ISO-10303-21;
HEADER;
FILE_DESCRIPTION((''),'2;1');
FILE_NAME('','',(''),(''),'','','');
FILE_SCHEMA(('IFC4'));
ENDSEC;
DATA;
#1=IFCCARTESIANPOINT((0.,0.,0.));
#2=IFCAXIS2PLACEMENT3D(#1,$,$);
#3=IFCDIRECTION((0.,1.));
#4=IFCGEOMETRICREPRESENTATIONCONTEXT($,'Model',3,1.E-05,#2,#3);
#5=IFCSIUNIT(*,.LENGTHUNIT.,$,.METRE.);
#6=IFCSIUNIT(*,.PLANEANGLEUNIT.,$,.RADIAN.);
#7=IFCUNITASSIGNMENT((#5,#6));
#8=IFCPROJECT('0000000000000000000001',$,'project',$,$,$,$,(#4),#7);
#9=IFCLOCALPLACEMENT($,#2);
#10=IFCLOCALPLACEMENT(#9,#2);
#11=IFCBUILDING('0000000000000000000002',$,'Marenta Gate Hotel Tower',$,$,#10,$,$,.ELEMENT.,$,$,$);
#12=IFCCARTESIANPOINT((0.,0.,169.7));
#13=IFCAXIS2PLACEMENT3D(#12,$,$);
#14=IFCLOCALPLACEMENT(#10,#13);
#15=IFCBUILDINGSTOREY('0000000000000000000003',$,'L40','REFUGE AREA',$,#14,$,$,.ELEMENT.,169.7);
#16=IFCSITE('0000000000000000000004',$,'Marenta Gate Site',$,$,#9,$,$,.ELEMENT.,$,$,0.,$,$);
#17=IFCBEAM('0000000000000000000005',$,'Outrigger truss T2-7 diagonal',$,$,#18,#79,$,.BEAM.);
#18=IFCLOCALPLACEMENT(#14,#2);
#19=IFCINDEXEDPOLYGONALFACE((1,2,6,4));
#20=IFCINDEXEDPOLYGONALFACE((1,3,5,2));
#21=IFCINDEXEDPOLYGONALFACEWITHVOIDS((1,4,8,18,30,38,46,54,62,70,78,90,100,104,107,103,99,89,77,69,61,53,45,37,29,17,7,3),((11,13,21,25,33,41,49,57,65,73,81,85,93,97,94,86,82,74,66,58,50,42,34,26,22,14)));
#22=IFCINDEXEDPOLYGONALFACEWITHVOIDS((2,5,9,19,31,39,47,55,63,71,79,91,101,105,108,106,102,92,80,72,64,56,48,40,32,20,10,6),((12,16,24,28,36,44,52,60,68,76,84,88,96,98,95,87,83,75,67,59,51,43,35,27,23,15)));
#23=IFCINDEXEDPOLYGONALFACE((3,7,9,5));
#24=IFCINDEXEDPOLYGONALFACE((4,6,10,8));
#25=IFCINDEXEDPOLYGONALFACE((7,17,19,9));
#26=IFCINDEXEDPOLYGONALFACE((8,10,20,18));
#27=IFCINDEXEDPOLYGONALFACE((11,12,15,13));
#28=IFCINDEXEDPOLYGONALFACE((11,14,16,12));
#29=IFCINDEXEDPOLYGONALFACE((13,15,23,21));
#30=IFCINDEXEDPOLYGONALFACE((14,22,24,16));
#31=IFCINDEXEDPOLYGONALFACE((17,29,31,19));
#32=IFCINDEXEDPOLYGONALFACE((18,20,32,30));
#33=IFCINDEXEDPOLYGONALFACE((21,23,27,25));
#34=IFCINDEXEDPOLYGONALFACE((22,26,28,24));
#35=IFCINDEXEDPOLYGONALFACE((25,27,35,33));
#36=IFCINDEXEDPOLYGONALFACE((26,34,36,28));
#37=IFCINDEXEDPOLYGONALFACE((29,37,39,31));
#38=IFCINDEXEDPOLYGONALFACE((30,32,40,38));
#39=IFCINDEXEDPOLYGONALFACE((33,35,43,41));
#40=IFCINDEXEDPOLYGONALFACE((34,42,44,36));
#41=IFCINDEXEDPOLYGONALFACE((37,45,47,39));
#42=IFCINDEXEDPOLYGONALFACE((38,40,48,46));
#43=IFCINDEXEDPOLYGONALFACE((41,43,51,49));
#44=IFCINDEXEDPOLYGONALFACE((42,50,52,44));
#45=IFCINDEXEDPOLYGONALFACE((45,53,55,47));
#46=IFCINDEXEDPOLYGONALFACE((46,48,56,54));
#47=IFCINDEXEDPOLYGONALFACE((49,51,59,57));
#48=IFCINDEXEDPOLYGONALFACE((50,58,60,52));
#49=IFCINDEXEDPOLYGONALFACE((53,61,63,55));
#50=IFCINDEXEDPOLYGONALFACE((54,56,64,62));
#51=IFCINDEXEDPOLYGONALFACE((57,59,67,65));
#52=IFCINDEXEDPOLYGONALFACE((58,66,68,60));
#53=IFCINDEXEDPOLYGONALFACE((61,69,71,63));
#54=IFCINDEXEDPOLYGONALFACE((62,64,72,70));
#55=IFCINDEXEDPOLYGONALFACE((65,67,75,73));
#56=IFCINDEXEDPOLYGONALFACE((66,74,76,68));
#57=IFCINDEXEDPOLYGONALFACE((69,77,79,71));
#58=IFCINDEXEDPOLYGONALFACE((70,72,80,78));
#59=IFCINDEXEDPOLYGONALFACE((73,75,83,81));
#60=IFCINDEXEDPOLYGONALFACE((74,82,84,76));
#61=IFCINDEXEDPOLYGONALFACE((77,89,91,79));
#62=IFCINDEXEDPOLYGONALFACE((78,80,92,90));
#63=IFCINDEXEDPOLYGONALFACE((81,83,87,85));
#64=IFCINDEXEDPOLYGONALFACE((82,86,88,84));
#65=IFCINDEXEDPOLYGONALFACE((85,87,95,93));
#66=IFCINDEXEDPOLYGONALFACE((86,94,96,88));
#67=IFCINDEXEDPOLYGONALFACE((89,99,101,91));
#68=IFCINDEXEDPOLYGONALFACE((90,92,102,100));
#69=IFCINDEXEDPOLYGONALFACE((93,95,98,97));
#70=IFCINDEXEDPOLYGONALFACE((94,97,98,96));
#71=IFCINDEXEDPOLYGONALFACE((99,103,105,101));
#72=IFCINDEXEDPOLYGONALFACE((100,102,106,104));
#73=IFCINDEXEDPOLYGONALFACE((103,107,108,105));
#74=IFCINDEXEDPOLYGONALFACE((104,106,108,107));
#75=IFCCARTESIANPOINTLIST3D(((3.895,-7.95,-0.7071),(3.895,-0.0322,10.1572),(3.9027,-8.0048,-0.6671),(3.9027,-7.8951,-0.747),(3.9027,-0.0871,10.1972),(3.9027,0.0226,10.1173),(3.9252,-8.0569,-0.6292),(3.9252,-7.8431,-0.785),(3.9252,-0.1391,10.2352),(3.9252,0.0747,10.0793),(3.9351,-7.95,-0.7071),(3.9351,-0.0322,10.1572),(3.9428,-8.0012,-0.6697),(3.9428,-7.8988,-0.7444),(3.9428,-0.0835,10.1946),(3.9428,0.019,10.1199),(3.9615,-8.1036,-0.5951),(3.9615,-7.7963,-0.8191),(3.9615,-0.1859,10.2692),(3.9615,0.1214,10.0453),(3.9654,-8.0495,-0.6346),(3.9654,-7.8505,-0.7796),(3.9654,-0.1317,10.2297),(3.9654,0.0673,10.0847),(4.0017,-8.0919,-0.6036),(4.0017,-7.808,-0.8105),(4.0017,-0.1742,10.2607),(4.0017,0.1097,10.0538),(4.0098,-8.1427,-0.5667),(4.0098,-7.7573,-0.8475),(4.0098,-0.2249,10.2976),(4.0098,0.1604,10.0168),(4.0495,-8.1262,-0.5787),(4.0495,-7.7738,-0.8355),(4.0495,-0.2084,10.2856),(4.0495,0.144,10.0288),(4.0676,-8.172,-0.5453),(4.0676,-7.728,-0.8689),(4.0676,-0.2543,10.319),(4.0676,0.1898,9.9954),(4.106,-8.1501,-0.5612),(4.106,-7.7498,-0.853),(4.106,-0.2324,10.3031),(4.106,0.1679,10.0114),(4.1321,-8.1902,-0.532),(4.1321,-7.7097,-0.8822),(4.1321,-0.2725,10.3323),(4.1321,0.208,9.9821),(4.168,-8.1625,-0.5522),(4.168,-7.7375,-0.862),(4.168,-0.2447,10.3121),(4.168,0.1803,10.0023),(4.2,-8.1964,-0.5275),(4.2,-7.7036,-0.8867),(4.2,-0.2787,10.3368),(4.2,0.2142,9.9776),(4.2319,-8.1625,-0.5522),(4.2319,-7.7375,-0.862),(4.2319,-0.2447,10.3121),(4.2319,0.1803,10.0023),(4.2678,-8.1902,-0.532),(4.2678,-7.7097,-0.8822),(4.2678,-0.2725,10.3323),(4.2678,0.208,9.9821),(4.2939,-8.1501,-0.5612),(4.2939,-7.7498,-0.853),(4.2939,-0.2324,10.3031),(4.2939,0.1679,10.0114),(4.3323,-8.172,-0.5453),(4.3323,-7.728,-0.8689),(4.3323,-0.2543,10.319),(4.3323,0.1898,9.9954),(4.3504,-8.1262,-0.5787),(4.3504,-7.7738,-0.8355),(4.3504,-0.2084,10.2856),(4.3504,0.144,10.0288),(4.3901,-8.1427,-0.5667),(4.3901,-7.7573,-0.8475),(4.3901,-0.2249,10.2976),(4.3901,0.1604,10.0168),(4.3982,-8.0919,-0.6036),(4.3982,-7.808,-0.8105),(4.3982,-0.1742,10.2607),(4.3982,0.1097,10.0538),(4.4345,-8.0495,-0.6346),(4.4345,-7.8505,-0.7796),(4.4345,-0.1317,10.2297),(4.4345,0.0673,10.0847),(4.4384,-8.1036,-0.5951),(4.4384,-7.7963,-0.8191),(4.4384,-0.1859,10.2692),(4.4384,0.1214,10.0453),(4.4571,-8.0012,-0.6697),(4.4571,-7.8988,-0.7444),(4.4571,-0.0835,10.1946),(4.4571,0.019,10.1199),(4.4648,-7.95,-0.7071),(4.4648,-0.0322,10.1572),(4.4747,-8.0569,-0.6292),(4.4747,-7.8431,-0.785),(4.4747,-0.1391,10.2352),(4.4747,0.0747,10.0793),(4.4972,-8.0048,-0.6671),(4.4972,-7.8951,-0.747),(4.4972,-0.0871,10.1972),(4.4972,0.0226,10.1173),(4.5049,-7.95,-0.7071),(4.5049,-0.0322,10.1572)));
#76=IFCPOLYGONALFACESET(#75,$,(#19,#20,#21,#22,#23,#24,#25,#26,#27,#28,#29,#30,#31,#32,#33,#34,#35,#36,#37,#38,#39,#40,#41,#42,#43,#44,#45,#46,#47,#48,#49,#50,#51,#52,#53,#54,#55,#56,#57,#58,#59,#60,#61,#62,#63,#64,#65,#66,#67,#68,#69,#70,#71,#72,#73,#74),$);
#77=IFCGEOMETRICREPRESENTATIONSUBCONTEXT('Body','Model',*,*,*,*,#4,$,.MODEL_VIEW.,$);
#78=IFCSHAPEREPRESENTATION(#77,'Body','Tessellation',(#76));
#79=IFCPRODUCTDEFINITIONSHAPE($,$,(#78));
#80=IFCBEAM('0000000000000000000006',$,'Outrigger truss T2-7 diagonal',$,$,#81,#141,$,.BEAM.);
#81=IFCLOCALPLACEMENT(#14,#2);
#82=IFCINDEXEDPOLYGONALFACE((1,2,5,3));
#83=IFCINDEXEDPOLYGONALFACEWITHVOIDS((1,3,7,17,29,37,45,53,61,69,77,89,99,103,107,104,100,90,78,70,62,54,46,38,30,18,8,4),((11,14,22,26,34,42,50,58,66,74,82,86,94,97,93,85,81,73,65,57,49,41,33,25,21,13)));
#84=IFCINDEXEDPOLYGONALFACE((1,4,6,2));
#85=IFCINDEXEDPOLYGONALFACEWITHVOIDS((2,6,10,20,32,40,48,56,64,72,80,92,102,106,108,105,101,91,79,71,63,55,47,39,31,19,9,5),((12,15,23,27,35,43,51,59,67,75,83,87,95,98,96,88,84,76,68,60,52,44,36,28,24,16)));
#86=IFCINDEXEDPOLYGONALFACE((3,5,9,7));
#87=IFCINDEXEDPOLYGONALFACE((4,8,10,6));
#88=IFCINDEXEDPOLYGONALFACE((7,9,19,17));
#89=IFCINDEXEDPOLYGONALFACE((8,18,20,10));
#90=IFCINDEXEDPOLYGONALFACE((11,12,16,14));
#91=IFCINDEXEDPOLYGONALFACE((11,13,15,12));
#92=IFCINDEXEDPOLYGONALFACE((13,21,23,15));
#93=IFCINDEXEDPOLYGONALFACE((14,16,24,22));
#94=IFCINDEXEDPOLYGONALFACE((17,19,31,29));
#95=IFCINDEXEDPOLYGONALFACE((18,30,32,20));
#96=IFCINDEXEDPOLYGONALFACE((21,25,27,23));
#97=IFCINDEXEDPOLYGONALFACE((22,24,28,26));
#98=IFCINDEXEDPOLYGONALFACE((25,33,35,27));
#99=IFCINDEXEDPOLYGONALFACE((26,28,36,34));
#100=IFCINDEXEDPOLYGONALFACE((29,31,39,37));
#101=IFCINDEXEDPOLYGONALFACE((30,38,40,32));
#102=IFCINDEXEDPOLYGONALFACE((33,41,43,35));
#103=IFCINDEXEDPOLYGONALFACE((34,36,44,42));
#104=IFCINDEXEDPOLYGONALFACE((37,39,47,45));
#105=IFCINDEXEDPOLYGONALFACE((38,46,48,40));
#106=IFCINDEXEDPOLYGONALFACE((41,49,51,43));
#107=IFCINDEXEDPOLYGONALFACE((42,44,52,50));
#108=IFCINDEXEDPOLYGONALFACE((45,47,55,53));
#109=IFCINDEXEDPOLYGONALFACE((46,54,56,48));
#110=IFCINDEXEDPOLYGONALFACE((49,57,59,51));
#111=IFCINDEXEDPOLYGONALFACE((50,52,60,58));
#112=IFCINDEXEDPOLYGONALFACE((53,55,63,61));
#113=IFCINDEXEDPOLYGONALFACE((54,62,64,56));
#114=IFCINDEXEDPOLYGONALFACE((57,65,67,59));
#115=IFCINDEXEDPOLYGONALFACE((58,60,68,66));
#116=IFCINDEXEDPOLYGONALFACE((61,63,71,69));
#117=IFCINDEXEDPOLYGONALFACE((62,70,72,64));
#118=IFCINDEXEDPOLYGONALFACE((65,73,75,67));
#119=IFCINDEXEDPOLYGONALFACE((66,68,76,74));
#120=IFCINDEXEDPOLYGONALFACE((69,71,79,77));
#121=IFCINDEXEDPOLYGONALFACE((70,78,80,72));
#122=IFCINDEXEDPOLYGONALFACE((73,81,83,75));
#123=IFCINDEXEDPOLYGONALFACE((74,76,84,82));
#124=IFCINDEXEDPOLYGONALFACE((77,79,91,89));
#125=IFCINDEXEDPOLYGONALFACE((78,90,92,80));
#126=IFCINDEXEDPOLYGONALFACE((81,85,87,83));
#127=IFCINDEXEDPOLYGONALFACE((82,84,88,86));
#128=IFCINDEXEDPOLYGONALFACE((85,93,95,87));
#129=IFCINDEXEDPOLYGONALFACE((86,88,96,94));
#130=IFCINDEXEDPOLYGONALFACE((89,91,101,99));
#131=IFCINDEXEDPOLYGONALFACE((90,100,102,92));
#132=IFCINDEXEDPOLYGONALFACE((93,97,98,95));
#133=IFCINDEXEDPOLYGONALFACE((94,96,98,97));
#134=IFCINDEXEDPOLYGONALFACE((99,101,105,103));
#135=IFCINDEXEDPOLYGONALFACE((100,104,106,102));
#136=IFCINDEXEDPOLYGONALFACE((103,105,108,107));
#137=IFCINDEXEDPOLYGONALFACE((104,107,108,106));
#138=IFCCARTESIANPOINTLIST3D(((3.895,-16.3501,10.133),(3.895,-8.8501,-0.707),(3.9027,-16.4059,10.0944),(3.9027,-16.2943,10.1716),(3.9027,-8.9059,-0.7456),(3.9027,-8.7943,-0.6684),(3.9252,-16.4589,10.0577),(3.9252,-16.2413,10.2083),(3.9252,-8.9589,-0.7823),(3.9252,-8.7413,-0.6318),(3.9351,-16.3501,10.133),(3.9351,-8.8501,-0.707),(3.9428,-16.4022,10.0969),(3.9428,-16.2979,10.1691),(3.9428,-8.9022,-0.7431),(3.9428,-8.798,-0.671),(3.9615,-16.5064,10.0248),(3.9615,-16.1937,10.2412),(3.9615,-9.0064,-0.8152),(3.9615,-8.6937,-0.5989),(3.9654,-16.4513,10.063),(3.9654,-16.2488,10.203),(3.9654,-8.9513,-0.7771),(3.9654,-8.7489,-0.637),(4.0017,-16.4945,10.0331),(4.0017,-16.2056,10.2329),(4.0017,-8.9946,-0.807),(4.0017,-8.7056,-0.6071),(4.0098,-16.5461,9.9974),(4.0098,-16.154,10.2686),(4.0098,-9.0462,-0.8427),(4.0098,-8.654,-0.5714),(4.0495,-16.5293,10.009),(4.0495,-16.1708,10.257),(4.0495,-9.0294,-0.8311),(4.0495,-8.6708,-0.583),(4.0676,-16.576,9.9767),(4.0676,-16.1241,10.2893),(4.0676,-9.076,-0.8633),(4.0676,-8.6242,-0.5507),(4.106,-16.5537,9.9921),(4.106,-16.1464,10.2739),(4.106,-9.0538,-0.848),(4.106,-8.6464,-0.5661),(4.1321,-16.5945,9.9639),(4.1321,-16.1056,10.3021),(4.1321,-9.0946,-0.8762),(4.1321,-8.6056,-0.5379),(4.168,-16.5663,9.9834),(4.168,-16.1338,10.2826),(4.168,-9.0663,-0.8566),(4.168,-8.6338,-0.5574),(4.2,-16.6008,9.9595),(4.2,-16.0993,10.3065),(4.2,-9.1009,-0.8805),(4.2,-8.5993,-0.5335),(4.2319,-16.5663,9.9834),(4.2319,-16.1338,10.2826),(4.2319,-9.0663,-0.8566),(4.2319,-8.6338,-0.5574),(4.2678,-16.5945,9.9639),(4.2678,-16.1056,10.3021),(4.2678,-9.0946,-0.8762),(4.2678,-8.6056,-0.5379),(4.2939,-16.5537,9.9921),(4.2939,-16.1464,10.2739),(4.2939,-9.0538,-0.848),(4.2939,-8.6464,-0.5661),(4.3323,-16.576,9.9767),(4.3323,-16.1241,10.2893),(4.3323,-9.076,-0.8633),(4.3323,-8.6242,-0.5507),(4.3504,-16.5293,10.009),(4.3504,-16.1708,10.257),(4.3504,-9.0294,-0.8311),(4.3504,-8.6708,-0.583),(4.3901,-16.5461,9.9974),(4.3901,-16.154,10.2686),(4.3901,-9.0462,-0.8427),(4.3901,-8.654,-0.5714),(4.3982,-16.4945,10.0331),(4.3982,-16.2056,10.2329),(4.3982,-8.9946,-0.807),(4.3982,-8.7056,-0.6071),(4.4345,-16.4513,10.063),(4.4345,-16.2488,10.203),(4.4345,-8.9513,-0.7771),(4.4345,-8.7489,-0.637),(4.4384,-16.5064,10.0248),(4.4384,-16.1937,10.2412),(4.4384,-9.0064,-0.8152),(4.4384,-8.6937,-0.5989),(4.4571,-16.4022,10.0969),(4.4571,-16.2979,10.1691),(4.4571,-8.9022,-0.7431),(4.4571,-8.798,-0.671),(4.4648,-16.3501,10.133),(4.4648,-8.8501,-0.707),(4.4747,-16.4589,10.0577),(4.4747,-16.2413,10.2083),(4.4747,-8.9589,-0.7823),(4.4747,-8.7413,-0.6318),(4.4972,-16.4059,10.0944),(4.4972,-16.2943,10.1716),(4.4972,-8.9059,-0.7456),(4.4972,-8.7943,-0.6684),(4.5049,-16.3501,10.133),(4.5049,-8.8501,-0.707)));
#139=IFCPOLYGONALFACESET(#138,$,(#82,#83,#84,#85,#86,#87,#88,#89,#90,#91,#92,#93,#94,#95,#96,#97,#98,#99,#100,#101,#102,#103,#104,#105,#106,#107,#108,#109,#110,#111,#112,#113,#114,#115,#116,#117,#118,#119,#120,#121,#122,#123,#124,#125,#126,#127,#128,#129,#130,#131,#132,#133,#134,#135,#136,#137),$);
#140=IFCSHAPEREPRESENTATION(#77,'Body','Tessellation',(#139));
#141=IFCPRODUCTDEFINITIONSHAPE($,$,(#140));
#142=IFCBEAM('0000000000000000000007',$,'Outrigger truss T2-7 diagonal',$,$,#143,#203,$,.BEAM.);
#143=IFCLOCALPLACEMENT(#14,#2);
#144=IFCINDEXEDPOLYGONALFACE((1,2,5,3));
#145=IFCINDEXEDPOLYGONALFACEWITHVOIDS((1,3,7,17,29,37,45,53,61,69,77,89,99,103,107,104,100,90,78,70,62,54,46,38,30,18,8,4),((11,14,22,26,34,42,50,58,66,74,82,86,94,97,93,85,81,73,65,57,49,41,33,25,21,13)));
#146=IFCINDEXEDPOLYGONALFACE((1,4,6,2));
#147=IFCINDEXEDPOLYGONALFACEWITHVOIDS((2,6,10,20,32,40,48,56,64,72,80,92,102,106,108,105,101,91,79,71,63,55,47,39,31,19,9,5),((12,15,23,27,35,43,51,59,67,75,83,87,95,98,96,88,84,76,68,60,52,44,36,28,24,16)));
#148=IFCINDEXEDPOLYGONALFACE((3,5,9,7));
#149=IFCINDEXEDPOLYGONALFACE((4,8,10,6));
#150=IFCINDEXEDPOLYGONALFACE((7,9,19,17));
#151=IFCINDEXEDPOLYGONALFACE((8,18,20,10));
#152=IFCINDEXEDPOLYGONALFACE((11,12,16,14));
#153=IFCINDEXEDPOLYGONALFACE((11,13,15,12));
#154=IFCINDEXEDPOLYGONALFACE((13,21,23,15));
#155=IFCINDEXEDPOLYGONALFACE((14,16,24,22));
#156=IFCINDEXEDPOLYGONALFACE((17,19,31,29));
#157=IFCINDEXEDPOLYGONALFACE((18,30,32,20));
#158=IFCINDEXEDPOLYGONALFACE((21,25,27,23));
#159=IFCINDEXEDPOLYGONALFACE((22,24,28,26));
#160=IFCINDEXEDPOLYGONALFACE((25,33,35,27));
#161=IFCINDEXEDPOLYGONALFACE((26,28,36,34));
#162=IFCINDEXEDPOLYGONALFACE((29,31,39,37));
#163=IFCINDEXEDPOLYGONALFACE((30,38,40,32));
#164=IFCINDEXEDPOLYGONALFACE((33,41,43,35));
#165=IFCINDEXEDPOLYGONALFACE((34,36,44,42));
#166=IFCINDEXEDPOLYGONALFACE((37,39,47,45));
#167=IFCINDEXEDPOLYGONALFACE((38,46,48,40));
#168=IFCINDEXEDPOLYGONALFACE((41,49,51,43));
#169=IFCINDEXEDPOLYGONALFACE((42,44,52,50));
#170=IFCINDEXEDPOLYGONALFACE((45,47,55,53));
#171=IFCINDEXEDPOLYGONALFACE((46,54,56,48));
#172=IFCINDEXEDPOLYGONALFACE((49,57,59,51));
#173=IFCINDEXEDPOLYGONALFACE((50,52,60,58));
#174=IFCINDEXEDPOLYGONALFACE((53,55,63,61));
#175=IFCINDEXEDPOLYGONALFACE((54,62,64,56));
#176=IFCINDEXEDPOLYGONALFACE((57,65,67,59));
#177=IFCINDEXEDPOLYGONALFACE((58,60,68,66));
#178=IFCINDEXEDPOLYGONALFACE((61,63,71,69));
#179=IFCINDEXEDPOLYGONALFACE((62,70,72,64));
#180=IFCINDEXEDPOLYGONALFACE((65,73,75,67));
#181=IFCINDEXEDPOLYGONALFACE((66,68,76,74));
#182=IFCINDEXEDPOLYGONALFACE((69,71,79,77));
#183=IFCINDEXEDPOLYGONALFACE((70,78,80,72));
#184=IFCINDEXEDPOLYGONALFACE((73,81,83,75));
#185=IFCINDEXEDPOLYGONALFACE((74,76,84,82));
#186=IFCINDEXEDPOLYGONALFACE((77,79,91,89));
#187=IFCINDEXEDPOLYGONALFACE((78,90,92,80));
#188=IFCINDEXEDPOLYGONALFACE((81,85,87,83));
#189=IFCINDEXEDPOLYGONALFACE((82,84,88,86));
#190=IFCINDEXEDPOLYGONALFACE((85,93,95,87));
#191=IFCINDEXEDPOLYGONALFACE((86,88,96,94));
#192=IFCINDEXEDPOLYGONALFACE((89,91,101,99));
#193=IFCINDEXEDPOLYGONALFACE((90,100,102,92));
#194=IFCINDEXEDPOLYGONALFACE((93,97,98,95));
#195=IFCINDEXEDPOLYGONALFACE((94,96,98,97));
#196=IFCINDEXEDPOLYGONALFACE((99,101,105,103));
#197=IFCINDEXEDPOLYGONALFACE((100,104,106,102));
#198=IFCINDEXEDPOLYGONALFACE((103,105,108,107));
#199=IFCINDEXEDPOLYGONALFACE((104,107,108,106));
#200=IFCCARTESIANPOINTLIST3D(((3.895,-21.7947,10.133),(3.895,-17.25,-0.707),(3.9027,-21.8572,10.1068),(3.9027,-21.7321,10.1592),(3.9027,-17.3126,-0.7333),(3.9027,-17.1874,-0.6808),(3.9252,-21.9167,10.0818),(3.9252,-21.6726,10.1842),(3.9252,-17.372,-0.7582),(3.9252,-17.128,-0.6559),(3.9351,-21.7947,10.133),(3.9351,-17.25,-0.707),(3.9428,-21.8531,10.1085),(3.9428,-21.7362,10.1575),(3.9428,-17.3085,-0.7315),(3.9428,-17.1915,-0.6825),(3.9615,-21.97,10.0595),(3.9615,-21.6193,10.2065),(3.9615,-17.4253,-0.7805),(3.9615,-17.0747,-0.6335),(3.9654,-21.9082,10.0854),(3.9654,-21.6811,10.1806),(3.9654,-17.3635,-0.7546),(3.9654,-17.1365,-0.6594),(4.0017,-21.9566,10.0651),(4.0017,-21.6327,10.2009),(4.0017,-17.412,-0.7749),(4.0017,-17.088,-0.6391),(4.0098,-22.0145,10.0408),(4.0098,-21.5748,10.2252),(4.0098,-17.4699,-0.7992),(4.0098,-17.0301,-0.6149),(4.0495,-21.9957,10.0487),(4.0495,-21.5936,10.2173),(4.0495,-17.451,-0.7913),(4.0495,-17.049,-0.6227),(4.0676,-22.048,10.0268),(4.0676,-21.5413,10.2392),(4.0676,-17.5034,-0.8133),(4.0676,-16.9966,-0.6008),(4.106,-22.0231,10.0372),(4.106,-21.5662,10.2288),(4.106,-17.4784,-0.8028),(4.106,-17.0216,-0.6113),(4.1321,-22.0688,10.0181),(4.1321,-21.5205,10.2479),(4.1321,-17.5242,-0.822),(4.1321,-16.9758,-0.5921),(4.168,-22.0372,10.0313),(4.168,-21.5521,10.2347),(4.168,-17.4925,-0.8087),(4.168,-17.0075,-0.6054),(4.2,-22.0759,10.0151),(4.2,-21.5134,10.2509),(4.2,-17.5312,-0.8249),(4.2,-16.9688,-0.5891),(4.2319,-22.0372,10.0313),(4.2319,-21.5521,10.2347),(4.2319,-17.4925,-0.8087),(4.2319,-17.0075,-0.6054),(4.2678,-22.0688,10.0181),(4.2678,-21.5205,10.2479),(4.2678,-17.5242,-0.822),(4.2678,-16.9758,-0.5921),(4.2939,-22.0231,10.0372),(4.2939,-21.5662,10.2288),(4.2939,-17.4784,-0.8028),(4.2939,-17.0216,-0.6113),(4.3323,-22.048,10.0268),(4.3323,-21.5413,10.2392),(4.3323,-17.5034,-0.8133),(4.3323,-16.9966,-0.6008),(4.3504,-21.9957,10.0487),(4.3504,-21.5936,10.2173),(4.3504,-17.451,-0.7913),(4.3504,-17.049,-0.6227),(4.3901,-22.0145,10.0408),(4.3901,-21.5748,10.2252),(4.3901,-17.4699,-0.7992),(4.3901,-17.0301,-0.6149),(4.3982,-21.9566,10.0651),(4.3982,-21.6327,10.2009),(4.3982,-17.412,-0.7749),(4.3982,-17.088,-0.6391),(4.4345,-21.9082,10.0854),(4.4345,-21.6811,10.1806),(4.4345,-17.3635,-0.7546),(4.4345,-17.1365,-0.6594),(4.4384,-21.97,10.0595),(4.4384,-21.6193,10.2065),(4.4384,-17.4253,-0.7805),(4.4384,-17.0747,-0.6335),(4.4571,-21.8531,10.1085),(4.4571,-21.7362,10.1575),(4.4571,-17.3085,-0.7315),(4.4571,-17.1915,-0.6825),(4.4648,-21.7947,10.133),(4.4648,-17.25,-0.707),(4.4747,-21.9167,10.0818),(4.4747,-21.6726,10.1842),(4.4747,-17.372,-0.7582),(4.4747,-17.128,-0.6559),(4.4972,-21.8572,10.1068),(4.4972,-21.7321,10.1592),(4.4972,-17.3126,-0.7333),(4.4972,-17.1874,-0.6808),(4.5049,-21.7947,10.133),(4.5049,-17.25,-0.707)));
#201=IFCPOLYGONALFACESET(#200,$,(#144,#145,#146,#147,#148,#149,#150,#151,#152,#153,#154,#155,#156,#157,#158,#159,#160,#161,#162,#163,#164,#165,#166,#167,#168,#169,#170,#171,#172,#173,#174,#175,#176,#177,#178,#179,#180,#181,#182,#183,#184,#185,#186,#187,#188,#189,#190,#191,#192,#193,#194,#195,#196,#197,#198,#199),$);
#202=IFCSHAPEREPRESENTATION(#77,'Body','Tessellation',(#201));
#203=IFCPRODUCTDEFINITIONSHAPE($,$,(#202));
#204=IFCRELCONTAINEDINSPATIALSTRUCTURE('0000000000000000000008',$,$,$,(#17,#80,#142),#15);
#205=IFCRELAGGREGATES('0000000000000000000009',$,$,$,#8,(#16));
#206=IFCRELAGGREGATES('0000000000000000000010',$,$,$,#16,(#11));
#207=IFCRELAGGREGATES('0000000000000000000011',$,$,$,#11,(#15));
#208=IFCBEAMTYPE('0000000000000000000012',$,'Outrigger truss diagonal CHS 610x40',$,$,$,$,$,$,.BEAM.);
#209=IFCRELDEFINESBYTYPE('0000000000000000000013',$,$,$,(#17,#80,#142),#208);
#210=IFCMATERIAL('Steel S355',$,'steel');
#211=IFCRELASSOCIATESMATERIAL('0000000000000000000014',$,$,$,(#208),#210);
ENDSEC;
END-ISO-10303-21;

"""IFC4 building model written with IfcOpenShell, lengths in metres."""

from ifc_helpers import new_model, si_unit, direction, frame, origin, origin_2d, place, context, subcontext, project, spatial, hollow_circle, extrude, material, material_profile, profile_set, type_object, element, save


model = new_model("IFC4")

# Units and contexts
model_context = context("Model", 3, precision=1e-05, world=origin(), true_north=direction((0.0, 1.0)))
body_context = subcontext(model_context, "Body", "Model", "MODEL_VIEW")
ifc_project = project(units=[si_unit("LENGTHUNIT", "METRE"), si_unit("PLANEANGLEUNIT", "RADIAN")], contexts=[model_context])

# Site, building, storey
site_placement = place(None, origin())
site = spatial("IfcSite", under=ifc_project, at=site_placement, Name="Marenta Gate Site", CompositionType="ELEMENT", RefElevation=0.0)
building_placement = place(site_placement, origin())
building = spatial("IfcBuilding", under=site, at=building_placement, Name="Marenta Gate Hotel Tower", CompositionType="ELEMENT")
storey_placement = place(building_placement, frame((0.0, 0.0, 169.7)))
storey = spatial("IfcBuildingStorey", under=building, at=storey_placement, Name="L40", Description="REFUGE AREA", CompositionType="ELEMENT", Elevation=169.7)

# Beams
ifc_material_1 = material(Name="Steel S355", Category="steel")
ifc_material_profile_1 = material_profile(ifc_material_1, hollow_circle(Radius=0.3049, WallThickness=0.04, at=origin_2d()), Name="CHS 610x40")
ifc_profile_set_1 = profile_set([ifc_material_profile_1], Name="Steel S355")
beam_type_1 = type_object("IfcBeamType", Name="Outrigger truss diagonal CHS 610x40", PredefinedType="BEAM", material=ifc_profile_set_1)
beam_1_placement = place(storey_placement, frame((4.2, -0.0322, 10.1572), z_axis=(0.0, -0.588972, -0.808154), x_axis=(1.0, 0.0, 0.0)))
element("IfcBeam", 1, at=beam_1_placement, inside=storey, type_object=beam_type_1, Name="Outrigger truss T2-7 diagonal", PredefinedType="BEAM", context=body_context, shape_type="SweptSolid", body=[
    extrude(hollow_circle(Radius=0.3049, WallThickness=0.04, at=origin_2d()), origin(), (0.0, 0.0, 1.0), 13.4434),
])
beam_2_placement = place(storey_placement, frame((4.2, -8.8501, -0.707), z_axis=(0.0, -0.56897, 0.822358), x_axis=(1.0, 0.0, 0.0)))
element("IfcBeam", 2, at=beam_2_placement, inside=storey, type_object=beam_type_1, Name="Outrigger truss T2-7 diagonal", PredefinedType="BEAM", context=body_context, shape_type="SweptSolid", body=[
    extrude(hollow_circle(Radius=0.3049, WallThickness=0.04, at=origin_2d()), origin(), (0.0, 0.0, 1.0), 13.1816),
])
beam_3_placement = place(storey_placement, frame((4.2, -17.25, -0.707), z_axis=(0.0, -0.386642, 0.92223), x_axis=(1.0, 0.0, 0.0)))
element("IfcBeam", 3, at=beam_3_placement, inside=storey, type_object=beam_type_1, Name="Outrigger truss T2-7 diagonal", PredefinedType="BEAM", context=body_context, shape_type="SweptSolid", body=[
    extrude(hollow_circle(Radius=0.3049, WallThickness=0.04, at=origin_2d()), origin(), (0.0, 0.0, 1.0), 11.7542),
])

save(model, "model.ifc")
